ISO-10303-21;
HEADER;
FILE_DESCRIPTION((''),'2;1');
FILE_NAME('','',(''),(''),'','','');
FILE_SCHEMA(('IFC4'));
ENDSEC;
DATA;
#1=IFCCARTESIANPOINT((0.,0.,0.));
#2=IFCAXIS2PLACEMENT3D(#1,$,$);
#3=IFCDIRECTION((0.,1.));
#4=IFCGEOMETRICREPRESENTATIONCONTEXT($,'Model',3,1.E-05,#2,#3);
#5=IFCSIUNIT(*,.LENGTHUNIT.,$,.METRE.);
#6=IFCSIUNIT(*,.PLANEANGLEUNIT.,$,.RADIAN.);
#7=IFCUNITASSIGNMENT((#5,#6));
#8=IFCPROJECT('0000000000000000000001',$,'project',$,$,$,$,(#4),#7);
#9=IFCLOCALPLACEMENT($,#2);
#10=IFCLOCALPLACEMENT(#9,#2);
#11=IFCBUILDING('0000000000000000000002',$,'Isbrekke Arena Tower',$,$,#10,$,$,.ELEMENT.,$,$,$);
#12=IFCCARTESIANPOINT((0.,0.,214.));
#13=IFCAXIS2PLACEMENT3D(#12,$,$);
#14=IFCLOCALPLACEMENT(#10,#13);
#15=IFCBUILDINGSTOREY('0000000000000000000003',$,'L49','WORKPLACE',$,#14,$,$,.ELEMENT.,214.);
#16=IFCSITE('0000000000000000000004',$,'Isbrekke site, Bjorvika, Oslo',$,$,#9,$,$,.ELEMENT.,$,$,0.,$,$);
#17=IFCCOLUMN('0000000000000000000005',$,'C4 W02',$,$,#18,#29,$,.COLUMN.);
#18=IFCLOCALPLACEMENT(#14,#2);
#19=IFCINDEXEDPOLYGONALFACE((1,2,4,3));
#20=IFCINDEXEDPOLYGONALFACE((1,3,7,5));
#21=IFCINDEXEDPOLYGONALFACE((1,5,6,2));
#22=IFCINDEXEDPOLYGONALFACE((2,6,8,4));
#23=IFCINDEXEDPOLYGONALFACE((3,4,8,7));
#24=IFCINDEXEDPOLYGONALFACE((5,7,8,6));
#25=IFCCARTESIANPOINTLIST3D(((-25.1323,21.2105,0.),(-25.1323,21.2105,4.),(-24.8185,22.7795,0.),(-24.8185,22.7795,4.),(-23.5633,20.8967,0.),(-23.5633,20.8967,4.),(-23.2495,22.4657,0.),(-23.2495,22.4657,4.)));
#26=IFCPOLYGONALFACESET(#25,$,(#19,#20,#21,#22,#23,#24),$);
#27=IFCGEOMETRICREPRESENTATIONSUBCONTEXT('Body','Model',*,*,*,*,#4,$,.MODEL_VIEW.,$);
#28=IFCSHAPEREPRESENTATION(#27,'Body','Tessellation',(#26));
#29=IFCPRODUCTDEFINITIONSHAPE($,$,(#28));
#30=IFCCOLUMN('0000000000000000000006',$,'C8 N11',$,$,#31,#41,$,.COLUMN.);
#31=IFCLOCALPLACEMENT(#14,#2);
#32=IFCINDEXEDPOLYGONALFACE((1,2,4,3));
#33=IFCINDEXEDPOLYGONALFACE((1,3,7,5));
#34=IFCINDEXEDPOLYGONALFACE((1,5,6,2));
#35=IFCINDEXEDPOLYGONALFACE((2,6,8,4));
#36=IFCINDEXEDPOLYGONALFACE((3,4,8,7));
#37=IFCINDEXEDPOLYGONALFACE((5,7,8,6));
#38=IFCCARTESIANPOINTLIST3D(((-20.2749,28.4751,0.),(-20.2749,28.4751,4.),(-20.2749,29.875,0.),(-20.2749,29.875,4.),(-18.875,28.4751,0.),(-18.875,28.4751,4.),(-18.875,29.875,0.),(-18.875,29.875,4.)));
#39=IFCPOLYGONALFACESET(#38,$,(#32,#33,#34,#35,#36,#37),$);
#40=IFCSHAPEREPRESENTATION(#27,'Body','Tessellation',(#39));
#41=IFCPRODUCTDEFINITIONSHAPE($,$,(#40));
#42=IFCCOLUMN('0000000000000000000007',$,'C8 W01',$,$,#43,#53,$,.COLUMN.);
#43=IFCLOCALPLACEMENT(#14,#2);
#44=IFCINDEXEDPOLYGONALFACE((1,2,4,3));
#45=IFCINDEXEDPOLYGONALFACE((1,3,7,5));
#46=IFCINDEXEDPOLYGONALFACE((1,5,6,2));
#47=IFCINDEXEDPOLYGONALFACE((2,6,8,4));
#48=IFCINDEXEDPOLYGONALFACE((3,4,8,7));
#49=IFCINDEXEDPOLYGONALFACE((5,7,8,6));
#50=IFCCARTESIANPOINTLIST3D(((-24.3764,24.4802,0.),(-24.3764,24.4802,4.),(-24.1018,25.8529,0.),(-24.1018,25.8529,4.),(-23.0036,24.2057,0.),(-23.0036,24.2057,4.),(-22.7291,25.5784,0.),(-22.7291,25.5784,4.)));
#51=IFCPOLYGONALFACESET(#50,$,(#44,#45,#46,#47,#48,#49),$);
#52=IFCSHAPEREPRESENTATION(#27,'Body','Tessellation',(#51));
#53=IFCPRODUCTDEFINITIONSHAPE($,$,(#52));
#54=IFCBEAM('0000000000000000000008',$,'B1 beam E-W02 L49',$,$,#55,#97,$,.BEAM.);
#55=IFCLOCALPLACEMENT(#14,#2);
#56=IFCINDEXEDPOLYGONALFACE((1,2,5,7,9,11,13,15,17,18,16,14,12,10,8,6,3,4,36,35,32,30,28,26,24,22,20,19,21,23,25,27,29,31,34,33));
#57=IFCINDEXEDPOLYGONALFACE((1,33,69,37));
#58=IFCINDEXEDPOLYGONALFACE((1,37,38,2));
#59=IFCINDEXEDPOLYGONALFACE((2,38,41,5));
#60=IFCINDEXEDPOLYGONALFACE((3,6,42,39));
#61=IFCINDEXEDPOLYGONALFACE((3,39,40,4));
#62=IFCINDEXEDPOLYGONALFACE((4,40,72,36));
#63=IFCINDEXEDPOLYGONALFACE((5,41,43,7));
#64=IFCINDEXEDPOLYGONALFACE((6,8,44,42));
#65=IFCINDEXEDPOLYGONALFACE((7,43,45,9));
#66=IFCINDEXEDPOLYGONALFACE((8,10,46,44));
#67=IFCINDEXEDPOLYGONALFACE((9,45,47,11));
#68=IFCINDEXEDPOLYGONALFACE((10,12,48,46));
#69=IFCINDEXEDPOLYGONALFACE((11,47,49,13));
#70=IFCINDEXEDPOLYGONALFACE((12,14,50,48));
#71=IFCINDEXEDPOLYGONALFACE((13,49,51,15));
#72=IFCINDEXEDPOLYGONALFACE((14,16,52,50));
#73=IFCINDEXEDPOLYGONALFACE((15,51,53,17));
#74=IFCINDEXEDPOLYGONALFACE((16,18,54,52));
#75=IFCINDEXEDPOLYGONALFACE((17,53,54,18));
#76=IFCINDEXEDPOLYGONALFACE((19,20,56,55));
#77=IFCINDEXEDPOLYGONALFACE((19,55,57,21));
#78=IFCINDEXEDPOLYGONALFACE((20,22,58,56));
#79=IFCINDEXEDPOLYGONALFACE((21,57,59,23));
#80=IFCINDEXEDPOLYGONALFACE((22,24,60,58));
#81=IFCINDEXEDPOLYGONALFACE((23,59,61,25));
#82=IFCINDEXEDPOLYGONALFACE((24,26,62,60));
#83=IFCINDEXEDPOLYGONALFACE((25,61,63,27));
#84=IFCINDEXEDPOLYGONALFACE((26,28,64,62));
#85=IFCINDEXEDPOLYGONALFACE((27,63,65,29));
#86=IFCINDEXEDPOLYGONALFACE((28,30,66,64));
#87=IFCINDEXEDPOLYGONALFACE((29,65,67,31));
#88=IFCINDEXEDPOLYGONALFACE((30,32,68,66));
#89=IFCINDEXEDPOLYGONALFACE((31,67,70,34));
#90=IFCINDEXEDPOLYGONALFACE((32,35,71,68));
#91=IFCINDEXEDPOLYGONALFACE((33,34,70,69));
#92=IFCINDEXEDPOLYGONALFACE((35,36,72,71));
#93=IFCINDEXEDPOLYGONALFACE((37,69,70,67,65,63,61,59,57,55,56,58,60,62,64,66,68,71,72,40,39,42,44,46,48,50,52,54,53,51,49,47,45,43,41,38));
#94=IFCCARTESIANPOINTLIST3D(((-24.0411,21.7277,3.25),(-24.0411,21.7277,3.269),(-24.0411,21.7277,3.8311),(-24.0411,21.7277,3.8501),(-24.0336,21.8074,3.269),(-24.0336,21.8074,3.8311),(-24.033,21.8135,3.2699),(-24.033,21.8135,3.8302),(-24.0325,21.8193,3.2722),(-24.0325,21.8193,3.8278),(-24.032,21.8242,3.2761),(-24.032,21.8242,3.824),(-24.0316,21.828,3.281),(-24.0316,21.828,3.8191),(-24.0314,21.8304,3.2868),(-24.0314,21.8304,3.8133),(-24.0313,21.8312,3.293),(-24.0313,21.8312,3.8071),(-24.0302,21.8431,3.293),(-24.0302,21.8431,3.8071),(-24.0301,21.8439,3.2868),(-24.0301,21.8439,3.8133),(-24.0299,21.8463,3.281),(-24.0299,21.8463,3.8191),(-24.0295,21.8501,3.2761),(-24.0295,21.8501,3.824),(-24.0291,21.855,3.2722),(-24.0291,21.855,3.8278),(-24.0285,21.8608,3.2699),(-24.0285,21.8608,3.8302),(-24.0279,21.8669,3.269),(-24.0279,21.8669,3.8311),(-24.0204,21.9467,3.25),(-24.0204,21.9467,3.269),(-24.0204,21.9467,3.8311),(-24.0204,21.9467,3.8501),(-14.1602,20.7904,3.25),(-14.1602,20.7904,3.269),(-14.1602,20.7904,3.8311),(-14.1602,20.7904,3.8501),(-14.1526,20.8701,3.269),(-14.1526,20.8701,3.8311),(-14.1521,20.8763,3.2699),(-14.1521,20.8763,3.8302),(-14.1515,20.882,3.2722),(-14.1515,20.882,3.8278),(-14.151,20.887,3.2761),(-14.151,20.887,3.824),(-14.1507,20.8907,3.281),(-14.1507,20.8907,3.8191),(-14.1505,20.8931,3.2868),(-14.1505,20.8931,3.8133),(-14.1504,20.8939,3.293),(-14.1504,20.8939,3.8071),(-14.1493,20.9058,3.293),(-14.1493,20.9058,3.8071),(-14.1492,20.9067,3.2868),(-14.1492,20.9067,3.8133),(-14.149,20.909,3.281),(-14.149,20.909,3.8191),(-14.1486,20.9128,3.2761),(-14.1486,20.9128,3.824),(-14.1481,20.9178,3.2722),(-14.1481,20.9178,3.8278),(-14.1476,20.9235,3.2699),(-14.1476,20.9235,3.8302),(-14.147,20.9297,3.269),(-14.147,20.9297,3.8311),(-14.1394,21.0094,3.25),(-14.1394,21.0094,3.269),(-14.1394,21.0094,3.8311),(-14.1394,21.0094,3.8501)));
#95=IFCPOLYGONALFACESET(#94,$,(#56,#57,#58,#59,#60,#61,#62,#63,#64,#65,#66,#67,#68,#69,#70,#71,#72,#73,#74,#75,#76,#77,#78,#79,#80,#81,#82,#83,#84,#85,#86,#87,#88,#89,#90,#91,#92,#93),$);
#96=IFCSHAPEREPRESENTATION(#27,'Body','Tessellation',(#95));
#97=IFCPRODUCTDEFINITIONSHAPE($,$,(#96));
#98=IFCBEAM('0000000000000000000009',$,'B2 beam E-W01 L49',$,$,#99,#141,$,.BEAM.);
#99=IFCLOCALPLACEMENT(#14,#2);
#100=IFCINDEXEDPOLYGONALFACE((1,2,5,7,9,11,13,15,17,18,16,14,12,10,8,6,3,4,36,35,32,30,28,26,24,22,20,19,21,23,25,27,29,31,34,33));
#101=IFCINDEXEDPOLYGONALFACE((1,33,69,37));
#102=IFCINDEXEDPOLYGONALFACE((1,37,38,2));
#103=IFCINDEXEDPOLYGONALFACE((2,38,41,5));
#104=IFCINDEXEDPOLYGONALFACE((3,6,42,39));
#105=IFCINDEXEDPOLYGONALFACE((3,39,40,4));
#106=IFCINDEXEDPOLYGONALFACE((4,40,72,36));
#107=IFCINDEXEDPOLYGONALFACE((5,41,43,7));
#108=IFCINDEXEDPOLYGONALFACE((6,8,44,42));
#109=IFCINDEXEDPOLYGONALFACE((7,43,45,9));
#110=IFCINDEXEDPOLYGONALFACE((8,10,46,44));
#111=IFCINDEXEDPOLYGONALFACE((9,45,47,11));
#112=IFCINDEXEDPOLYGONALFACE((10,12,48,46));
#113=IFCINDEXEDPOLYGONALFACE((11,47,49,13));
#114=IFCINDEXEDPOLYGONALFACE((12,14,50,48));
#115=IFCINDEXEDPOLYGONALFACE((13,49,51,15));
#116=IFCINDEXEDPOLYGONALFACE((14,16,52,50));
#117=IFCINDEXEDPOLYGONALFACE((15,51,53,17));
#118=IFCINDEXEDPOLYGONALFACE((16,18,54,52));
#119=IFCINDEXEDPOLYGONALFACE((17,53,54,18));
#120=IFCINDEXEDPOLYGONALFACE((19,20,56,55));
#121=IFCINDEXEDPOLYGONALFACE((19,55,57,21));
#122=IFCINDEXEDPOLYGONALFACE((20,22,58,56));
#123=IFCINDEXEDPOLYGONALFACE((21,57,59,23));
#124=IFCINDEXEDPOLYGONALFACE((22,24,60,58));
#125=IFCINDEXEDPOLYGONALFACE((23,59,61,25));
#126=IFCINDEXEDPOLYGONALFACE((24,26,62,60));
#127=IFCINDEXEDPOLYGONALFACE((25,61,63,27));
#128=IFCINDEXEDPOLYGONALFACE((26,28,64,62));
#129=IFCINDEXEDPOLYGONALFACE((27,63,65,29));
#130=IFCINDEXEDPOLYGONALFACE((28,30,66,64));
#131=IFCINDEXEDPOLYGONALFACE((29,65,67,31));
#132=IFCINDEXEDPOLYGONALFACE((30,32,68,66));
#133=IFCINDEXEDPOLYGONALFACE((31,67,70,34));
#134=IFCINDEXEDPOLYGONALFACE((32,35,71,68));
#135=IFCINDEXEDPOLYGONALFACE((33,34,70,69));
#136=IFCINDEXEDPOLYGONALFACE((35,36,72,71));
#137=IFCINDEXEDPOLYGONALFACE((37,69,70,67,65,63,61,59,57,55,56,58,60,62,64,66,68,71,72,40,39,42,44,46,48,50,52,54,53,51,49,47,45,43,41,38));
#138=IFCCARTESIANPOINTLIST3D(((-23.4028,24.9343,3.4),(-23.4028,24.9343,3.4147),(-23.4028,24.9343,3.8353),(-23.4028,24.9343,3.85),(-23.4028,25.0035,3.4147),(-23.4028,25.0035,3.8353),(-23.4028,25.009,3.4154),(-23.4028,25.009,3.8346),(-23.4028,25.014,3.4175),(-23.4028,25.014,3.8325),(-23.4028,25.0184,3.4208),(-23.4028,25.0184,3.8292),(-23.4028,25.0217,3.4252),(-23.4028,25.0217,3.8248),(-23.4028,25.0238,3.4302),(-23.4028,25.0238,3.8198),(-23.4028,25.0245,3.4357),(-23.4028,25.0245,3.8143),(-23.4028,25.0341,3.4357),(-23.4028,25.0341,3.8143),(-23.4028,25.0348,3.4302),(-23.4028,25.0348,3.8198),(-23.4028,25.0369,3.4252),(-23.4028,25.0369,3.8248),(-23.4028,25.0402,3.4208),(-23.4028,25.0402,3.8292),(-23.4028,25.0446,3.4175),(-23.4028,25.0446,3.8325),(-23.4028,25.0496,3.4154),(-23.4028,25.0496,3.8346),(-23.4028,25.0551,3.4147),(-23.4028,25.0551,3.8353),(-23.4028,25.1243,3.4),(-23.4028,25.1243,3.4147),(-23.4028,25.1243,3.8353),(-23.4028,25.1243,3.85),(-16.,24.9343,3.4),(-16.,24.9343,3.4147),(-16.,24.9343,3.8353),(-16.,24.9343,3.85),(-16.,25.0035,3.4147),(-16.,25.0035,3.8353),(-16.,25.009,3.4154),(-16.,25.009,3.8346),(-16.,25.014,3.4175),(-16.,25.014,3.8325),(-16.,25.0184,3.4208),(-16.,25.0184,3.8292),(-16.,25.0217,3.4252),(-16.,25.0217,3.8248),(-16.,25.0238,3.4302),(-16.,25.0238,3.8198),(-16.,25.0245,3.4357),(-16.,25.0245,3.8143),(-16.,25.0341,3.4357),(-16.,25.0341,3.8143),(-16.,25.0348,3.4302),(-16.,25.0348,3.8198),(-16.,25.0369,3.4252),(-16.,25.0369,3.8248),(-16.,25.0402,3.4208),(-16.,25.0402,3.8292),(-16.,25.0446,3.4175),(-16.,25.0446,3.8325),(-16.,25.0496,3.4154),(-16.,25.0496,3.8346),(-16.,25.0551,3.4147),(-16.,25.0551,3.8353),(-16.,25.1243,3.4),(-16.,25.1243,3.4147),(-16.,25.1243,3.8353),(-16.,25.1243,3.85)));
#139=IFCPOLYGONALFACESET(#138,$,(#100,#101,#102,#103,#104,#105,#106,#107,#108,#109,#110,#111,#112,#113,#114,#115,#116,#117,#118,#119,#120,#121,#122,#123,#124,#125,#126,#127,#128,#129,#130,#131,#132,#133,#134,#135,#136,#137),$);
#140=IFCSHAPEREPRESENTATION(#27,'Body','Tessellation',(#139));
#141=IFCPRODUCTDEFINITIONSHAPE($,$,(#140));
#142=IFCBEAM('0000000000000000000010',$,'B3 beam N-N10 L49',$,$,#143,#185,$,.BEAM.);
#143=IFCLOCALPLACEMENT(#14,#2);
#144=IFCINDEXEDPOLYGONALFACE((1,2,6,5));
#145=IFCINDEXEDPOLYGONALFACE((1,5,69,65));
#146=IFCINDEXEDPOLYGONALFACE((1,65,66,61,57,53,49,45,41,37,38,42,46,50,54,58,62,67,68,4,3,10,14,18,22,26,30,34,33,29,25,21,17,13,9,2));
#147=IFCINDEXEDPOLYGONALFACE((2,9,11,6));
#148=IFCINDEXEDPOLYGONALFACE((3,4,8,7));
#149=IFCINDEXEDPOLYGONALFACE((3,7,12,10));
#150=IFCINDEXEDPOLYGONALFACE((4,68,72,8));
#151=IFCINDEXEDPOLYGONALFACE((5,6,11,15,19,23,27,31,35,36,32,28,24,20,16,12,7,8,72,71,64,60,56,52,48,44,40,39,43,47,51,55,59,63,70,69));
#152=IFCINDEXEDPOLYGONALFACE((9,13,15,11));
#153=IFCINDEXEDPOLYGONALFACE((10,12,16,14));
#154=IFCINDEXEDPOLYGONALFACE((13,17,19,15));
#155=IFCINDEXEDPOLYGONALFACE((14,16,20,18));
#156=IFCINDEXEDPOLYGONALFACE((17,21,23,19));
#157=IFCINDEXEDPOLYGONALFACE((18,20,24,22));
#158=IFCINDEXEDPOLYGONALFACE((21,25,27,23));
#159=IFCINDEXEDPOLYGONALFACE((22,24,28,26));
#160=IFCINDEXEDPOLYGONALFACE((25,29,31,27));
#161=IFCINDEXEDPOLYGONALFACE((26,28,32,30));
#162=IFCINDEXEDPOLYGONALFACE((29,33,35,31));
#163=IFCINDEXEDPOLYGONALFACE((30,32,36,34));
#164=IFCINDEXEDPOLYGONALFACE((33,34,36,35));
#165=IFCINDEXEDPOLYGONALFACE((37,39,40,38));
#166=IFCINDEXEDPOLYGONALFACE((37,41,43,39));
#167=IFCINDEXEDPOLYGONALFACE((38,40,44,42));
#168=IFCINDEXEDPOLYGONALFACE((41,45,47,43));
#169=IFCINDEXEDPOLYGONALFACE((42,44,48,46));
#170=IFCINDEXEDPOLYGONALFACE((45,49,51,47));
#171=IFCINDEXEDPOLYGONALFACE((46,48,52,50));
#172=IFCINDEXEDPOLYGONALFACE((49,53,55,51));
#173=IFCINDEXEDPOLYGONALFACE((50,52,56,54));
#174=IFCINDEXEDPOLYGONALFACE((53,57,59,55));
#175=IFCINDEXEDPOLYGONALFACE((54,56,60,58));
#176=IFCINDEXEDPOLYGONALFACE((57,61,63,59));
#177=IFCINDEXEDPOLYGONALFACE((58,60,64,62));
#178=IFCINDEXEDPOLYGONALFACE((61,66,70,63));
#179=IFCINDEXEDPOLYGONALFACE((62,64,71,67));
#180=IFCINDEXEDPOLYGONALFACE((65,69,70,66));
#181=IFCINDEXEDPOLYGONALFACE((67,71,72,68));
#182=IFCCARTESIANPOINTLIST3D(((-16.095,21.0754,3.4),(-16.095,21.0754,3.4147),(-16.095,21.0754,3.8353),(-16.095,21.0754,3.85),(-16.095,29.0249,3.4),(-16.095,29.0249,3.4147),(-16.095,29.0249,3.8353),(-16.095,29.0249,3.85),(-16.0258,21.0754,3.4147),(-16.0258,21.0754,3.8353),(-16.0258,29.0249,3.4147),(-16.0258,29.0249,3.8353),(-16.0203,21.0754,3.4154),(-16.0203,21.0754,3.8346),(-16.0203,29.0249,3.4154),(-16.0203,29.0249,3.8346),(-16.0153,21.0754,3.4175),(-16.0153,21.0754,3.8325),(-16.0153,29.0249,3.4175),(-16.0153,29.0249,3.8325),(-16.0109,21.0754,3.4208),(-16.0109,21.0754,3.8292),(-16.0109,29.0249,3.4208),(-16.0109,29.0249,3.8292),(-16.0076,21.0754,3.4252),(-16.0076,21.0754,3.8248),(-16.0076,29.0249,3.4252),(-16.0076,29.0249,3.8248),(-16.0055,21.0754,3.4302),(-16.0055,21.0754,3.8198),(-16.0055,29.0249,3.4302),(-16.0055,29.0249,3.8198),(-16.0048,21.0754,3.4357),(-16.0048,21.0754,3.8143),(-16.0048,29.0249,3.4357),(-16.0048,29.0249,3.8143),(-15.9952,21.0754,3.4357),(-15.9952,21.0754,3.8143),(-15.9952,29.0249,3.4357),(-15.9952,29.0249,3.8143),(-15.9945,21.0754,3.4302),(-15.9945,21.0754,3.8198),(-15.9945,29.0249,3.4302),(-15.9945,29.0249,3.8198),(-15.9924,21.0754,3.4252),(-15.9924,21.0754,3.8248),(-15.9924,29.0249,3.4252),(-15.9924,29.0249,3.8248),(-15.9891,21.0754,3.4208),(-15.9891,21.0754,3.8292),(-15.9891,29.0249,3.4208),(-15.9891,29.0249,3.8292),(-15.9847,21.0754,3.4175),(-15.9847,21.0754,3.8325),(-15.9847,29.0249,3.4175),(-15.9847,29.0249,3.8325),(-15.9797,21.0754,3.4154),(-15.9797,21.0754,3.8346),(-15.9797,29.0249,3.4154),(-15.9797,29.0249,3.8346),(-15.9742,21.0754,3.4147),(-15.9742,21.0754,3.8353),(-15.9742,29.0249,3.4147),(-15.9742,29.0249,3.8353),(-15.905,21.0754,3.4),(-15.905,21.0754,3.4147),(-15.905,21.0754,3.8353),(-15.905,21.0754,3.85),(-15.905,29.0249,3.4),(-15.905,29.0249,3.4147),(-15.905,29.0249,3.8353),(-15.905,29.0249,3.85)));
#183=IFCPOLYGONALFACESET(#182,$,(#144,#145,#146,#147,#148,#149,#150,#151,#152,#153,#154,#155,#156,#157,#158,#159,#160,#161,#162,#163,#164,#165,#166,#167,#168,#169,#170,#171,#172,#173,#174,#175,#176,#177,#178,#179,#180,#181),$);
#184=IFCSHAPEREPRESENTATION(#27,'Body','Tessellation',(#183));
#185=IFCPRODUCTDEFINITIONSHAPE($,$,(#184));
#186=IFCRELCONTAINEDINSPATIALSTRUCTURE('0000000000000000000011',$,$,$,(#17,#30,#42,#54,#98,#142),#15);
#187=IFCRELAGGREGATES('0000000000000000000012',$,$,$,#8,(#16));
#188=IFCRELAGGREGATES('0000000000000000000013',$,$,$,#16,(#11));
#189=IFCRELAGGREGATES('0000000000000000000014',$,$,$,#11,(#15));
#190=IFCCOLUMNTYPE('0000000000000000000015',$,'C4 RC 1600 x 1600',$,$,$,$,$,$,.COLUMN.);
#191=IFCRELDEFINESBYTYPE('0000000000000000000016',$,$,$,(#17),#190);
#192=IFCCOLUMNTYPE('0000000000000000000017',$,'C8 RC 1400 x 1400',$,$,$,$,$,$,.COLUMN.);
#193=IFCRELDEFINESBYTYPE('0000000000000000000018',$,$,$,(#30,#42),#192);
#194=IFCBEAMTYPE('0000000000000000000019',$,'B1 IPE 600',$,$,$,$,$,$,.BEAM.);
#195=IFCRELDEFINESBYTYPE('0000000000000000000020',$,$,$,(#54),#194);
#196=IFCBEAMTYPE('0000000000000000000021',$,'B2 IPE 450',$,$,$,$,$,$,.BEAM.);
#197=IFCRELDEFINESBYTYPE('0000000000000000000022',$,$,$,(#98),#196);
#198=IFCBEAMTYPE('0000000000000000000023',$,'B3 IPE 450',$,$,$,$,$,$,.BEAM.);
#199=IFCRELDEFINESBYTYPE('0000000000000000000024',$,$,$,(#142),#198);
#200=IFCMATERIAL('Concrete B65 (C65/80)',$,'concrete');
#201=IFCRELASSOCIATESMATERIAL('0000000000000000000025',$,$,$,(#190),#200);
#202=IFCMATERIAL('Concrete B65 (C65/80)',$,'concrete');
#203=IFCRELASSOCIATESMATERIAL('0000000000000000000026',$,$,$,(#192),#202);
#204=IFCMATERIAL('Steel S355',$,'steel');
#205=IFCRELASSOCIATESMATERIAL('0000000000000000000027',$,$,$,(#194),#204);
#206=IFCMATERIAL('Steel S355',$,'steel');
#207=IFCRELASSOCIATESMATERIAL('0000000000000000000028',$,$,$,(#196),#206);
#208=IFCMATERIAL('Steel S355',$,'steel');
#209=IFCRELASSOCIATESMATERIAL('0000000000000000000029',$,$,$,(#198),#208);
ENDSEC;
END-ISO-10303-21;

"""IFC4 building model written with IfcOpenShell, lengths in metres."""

from ifc_helpers import new_model, si_unit, direction, frame, origin, origin_2d, place, context, subcontext, project, spatial, rectangle, i_section, extrude, material, material_profile, profile_set, type_object, element, save


model = new_model("IFC4")

# Units and contexts
model_context = context("Model", 3, precision=1e-05, world=origin(), true_north=direction((0.0, 1.0)))
body_context = subcontext(model_context, "Body", "Model", "MODEL_VIEW")
ifc_project = project(units=[si_unit("LENGTHUNIT", "METRE"), si_unit("PLANEANGLEUNIT", "RADIAN")], contexts=[model_context])

# Site, building, storey
site_placement = place(None, origin())
site = spatial("IfcSite", under=ifc_project, at=site_placement, Name="Isbrekke site, Bjorvika, Oslo", CompositionType="ELEMENT", RefElevation=0.0)
building_placement = place(site_placement, origin())
building = spatial("IfcBuilding", under=site, at=building_placement, Name="Isbrekke Arena Tower", CompositionType="ELEMENT")
storey_placement = place(building_placement, frame((0.0, 0.0, 214.0)))
storey = spatial("IfcBuildingStorey", under=building, at=storey_placement, Name="L49", Description="WORKPLACE", CompositionType="ELEMENT", Elevation=214.0)

# Columns
ifc_material_1 = material(Name="Concrete B65 (C65/80)", Category="concrete")
ifc_material_profile_1 = material_profile(ifc_material_1, rectangle(XDim=1.6001, YDim=1.6001, at=origin_2d()), Name="RC 1600x1600")
ifc_profile_set_1 = profile_set([ifc_material_profile_1], Name="Concrete B65 (C65/80)")
column_type_1 = type_object("IfcColumnType", Name="C4 RC 1600 x 1600", PredefinedType="COLUMN", material=ifc_profile_set_1)
column_placement = place(storey_placement, frame((-24.1909, 21.8381, 0.0), z_axis=(0.0, 0.0, 1.0), x_axis=(-0.196116, -0.980581, 0.0)))
element("IfcColumn", 1, at=column_placement, inside=storey, type_object=column_type_1, Name="C4 W02", PredefinedType="COLUMN", context=body_context, shape_type="SweptSolid", body=[
    extrude(rectangle(XDim=1.6001, YDim=1.6001, at=origin_2d()), origin(), (0.0, 0.0, 1.0), 4.0),
])
ifc_material_2 = material(Name="Concrete B65 (C65/80)", Category="concrete")
ifc_material_profile_2 = material_profile(ifc_material_2, rectangle(XDim=1.3999, YDim=1.3999, at=origin_2d()), Name="RC 1400x1400")
ifc_profile_set_2 = profile_set([ifc_material_profile_2], Name="Concrete B65 (C65/80)")
column_type_2 = type_object("IfcColumnType", Name="C8 RC 1400 x 1400", PredefinedType="COLUMN", material=ifc_profile_set_2)
for number, where, z_axis, x_axis, name in (
    (2, (-19.575, 29.175, 0.0), (0.0, 0.0, 1.0), (-1.0, 0.0, 0.0), "C8 N11"),
    (3, (-23.5527, 25.0293, 0.0), (0.0, 0.0, 1.0), (-0.196116, -0.980581, 0.0), "C8 W01"),
):
    element("IfcColumn", number, at=place(storey_placement, frame(where, z_axis=z_axis, x_axis=x_axis)), inside=storey, type_object=column_type_2, Name=name, PredefinedType="COLUMN", context=body_context, shape_type="SweptSolid", body=[
        extrude(rectangle(XDim=1.3999, YDim=1.3999, at=origin_2d()), origin(), (0.0, 0.0, 1.0), 4.0),
    ])

# Beams
ifc_material_3 = material(Name="Steel S355", Category="steel")
ifc_material_profile_3 = material_profile(ifc_material_3, i_section(OverallWidth=0.22, OverallDepth=0.6001, WebThickness=0.012, FlangeThickness=0.019, FilletRadius=0.0239, at=origin_2d()), Name="IPE 600")
ifc_profile_set_3 = profile_set([ifc_material_profile_3], Name="Steel S355")
beam_type_1 = type_object("IfcBeamType", Name="B1 IPE 600", PredefinedType="BEAM", material=ifc_profile_set_3)
beam_1_placement = place(storey_placement, frame((-24.0308, 21.8372, 3.55), z_axis=(0.995531, -0.094432, 0.0), x_axis=(0.094432, 0.995531, 0.0)))
element("IfcBeam", 4, at=beam_1_placement, inside=storey, type_object=beam_type_1, Name="B1 beam E-W02 L49", PredefinedType="BEAM", context=body_context, shape_type="SweptSolid", body=[
    extrude(i_section(OverallWidth=0.22, OverallDepth=0.6001, WebThickness=0.012, FlangeThickness=0.019, FilletRadius=0.0239, at=origin_2d()), origin(), (0.0, 0.0, 1.0), 9.9253),
])
ifc_material_4 = material(Name="Steel S355", Category="steel")
ifc_material_profile_4 = material_profile(ifc_material_4, i_section(OverallWidth=0.1899, OverallDepth=0.45, WebThickness=0.0095, FlangeThickness=0.0146, FilletRadius=0.021, at=origin_2d()), Name="IPE 450")
ifc_profile_set_4 = profile_set([ifc_material_profile_4], Name="Steel S355")
beam_type_2 = type_object("IfcBeamType", Name="B2 IPE 450", PredefinedType="BEAM", material=ifc_profile_set_4)
beam_2_placement = place(storey_placement, frame((-23.4028, 25.0293, 3.625), z_axis=(1.0, 0.0, 0.0), x_axis=(0.0, 1.0, 0.0)))
element("IfcBeam", 5, at=beam_2_placement, inside=storey, type_object=beam_type_2, Name="B2 beam E-W01 L49", PredefinedType="BEAM", context=body_context, shape_type="SweptSolid", body=[
    extrude(i_section(OverallWidth=0.1899, OverallDepth=0.45, WebThickness=0.0095, FlangeThickness=0.0146, FilletRadius=0.021, at=origin_2d()), origin(), (0.0, 0.0, 1.0), 7.4028),
])
ifc_material_5 = material(Name="Steel S355", Category="steel")
ifc_material_profile_5 = material_profile(ifc_material_5, i_section(OverallWidth=0.1899, OverallDepth=0.45, WebThickness=0.0095, FlangeThickness=0.0146, FilletRadius=0.021, at=origin_2d()), Name="IPE 450")
ifc_profile_set_5 = profile_set([ifc_material_profile_5], Name="Steel S355")
beam_type_3 = type_object("IfcBeamType", Name="B3 IPE 450", PredefinedType="BEAM", material=ifc_profile_set_5)
beam_3_placement = place(storey_placement, frame((-16.0, 29.0249, 3.625), z_axis=(0.0, -1.0, 0.0), x_axis=(1.0, 0.0, 0.0)))
element("IfcBeam", 6, at=beam_3_placement, inside=storey, type_object=beam_type_3, Name="B3 beam N-N10 L49", PredefinedType="BEAM", context=body_context, shape_type="SweptSolid", body=[
    extrude(i_section(OverallWidth=0.1899, OverallDepth=0.45, WebThickness=0.0095, FlangeThickness=0.0146, FilletRadius=0.021, at=origin_2d()), origin(), (0.0, 0.0, 1.0), 7.9495),
])

save(model, "model.ifc")
